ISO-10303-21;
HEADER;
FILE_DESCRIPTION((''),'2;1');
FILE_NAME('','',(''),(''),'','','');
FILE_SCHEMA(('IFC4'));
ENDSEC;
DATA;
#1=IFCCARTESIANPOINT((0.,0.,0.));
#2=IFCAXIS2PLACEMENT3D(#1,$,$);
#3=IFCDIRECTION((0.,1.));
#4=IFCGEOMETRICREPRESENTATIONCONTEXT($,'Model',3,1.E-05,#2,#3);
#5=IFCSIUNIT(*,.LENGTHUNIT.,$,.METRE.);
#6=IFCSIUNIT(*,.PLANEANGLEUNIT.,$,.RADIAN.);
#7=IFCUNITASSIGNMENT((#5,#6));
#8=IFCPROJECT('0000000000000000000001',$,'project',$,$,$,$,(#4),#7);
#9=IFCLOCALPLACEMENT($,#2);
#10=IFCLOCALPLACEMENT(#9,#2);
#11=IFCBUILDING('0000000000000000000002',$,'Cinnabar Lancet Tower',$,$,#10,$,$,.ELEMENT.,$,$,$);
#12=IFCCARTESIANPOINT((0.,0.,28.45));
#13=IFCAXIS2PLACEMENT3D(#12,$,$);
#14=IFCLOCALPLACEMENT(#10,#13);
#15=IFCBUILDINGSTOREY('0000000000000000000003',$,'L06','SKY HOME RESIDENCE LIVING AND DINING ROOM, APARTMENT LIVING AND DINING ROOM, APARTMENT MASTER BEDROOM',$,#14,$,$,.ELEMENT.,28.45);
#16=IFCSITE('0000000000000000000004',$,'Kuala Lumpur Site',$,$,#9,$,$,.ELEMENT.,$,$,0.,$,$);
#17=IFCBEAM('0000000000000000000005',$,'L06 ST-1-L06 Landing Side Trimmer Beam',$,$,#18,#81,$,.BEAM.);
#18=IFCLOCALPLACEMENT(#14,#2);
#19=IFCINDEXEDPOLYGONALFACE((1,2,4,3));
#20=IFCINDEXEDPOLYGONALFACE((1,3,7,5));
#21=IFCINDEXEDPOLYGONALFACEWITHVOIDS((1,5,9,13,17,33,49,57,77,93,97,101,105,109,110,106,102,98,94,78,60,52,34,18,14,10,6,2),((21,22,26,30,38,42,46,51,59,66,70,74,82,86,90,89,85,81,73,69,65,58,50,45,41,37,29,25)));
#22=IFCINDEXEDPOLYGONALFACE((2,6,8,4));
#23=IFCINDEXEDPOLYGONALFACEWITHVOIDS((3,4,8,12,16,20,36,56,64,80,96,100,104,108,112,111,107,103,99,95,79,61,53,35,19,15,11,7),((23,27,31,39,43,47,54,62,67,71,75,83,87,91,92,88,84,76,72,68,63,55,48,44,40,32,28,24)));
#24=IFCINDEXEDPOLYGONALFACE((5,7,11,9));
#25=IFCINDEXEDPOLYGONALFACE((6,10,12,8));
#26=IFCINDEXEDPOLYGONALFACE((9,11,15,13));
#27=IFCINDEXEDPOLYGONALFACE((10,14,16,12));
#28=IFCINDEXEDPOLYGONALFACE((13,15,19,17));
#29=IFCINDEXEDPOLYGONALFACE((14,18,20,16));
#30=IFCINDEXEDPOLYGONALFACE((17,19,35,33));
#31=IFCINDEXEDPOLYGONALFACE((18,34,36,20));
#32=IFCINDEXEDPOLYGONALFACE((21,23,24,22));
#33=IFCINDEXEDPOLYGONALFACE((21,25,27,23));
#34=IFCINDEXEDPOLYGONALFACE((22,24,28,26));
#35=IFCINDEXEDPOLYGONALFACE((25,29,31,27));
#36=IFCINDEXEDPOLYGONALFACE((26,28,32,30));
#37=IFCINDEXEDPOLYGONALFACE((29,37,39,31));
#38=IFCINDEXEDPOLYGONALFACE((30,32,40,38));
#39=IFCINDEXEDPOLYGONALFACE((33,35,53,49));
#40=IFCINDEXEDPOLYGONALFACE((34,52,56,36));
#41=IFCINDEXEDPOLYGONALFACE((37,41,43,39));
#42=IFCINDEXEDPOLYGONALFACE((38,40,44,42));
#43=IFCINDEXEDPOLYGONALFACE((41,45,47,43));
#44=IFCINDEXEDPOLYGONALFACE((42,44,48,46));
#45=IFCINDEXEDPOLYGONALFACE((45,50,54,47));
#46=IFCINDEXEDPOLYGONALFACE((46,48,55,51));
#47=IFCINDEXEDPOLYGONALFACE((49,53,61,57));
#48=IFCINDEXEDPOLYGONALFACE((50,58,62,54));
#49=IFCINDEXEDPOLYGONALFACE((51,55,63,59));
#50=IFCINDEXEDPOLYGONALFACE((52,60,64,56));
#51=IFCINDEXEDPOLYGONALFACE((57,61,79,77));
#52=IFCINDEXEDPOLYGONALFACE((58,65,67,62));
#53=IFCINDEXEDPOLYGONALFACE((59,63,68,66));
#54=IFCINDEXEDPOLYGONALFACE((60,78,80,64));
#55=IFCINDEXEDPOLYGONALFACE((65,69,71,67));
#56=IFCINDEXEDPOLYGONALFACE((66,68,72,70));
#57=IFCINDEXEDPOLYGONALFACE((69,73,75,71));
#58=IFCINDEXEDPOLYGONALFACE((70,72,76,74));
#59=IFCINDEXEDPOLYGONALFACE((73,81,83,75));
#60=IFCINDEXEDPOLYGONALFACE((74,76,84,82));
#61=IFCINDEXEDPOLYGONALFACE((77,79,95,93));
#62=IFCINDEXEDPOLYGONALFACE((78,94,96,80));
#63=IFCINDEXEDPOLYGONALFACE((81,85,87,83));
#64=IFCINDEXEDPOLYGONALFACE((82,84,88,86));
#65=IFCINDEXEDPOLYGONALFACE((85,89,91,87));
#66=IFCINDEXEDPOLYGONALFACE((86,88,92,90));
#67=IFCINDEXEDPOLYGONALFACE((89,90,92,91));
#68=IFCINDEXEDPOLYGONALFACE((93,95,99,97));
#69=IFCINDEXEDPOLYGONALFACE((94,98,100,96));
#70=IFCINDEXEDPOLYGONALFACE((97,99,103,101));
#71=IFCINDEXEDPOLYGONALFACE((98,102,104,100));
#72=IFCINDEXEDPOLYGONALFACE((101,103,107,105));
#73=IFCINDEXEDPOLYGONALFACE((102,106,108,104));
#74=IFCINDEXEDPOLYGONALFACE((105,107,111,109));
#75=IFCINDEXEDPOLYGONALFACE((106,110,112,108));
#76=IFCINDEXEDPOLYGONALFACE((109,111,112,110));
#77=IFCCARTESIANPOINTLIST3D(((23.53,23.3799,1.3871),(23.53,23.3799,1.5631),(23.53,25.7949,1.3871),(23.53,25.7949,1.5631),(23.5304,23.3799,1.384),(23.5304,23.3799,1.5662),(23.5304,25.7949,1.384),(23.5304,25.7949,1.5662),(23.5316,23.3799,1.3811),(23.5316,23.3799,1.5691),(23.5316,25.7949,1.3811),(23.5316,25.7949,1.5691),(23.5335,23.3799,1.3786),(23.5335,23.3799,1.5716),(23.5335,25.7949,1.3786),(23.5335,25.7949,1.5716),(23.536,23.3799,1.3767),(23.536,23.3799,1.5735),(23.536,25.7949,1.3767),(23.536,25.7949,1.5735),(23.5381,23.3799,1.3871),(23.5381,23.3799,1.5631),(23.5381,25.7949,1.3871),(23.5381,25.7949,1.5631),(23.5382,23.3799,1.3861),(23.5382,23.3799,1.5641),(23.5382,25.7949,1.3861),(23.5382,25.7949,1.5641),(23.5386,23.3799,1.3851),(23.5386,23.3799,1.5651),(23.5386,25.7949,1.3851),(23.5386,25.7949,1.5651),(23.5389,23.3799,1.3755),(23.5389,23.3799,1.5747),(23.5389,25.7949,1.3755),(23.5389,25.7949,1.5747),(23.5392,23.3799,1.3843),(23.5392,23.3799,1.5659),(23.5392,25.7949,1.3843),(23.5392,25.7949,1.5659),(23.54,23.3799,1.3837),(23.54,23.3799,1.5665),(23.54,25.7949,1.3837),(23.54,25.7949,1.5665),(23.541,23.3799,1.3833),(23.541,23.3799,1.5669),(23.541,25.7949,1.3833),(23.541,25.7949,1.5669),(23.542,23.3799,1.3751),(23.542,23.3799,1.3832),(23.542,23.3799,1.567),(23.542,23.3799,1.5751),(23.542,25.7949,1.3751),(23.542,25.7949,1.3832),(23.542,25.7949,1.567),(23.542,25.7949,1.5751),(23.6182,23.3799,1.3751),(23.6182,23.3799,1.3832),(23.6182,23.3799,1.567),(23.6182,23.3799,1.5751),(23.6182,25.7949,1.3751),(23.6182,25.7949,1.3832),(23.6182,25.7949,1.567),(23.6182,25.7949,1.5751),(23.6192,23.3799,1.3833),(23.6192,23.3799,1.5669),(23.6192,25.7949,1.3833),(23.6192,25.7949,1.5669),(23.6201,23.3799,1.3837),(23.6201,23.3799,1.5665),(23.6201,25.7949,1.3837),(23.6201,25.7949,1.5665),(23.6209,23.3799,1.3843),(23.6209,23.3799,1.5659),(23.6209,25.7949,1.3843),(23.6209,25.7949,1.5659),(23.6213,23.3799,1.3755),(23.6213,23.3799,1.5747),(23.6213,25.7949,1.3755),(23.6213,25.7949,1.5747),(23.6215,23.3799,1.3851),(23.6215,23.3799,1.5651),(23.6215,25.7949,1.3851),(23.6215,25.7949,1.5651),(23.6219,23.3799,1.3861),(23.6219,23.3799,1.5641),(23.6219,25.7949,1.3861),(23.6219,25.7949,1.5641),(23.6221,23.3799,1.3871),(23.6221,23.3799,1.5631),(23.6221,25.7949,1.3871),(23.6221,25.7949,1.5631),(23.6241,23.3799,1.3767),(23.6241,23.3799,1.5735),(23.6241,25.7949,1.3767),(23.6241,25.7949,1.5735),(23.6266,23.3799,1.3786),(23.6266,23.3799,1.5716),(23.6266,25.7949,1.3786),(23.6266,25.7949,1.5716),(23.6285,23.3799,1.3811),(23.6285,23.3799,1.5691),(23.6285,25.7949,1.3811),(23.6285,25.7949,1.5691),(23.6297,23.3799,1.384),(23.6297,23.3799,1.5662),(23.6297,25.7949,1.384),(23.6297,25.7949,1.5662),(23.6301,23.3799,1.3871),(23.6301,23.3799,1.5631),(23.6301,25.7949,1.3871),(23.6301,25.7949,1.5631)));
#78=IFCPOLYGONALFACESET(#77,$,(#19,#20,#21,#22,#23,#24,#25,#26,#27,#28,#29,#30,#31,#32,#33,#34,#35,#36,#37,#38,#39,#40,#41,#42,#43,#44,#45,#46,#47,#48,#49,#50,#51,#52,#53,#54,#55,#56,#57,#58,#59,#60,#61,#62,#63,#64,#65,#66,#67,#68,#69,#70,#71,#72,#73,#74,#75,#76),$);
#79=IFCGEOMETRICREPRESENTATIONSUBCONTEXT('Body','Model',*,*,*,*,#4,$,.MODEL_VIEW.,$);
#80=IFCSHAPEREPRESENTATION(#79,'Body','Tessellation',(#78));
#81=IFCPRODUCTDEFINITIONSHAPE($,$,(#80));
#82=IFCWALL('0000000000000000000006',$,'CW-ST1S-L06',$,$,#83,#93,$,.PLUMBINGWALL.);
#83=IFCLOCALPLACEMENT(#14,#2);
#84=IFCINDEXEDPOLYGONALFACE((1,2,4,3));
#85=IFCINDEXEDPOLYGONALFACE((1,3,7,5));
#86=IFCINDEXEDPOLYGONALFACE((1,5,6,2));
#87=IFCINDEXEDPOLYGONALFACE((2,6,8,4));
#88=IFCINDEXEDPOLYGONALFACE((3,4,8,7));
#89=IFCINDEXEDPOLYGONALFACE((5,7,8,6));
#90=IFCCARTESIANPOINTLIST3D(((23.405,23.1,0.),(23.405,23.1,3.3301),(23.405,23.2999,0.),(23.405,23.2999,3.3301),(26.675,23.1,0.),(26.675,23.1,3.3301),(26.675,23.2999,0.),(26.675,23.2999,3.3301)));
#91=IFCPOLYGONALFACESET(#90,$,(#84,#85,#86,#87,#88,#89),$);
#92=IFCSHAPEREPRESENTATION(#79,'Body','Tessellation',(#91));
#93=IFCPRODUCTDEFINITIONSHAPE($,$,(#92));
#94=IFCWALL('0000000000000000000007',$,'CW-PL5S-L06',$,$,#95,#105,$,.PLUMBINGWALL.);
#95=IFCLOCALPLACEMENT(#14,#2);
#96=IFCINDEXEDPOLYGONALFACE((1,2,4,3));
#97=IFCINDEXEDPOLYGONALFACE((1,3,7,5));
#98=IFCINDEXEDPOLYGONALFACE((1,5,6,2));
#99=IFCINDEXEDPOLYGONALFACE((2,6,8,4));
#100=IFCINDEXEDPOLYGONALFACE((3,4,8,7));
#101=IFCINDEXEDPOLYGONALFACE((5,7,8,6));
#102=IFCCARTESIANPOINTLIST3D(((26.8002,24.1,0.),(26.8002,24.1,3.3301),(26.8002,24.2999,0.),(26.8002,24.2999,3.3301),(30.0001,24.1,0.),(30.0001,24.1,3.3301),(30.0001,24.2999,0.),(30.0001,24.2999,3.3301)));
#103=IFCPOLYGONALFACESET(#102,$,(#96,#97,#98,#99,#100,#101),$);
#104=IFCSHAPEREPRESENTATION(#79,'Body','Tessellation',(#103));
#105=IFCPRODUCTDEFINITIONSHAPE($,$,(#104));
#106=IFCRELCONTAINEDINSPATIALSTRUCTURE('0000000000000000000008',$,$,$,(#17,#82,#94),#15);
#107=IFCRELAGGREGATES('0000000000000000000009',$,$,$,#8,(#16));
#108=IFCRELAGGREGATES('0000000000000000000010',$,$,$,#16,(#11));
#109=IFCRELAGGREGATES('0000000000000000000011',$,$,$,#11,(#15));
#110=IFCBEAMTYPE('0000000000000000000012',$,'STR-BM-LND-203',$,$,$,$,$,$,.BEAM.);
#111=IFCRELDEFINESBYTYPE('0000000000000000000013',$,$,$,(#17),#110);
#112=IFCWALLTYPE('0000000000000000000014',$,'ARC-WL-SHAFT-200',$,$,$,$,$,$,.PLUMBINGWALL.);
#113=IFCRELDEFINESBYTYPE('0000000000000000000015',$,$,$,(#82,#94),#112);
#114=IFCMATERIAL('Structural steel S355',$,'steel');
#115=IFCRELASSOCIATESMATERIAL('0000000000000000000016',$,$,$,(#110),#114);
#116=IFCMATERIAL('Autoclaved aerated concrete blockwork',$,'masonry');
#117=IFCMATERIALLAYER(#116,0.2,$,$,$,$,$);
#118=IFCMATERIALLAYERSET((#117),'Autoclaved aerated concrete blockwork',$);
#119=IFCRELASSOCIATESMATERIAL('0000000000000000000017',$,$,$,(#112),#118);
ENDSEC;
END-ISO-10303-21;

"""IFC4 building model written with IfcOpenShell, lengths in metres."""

from ifc_helpers import new_model, si_unit, direction, frame, frame_2d, origin, origin_2d, place, context, subcontext, project, spatial, rectangle, hollow_rectangle, extrude, material, layer, layer_set, material_profile, profile_set, type_object, element, save


model = new_model("IFC4")

# Units and contexts
model_context = context("Model", 3, precision=1e-05, world=origin(), true_north=direction((0.0, 1.0)))
body_context = subcontext(model_context, "Body", "Model", "MODEL_VIEW")
ifc_project = project(units=[si_unit("LENGTHUNIT", "METRE"), si_unit("PLANEANGLEUNIT", "RADIAN")], contexts=[model_context])

# Site, building, storey
site_placement = place(None, origin())
site = spatial("IfcSite", under=ifc_project, at=site_placement, Name="Kuala Lumpur Site", CompositionType="ELEMENT", RefElevation=0.0)
building_placement = place(site_placement, origin())
building = spatial("IfcBuilding", under=site, at=building_placement, Name="Cinnabar Lancet Tower", CompositionType="ELEMENT")
storey_placement = place(building_placement, frame((0.0, 0.0, 28.45)))
storey = spatial("IfcBuildingStorey", under=building, at=storey_placement, Name="L06", Description="SKY HOME RESIDENCE LIVING AND DINING ROOM, APARTMENT LIVING AND DINING ROOM, APARTMENT MASTER BEDROOM", CompositionType="ELEMENT", Elevation=28.45)

# Beam
ifc_material_1 = material(Name="Structural steel S355", Category="steel")
ifc_material_profile = material_profile(ifc_material_1, hollow_rectangle(XDim=0.1001, YDim=0.2, WallThickness=0.0081, InnerFilletRadius=0.0039, OuterFilletRadius=0.012, at=origin_2d()), Name="RHS 200x100x8")
ifc_profile_set = profile_set([ifc_material_profile], Name="Structural steel S355")
beam_type = type_object("IfcBeamType", Name="STR-BM-LND-203", PredefinedType="BEAM", material=ifc_profile_set)
beam_placement = place(storey_placement, frame((23.5801, 23.3799, 1.4751), z_axis=(0.0, 1.0, 0.0), x_axis=(-1.0, 0.0, 0.0)))
element("IfcBeam", 1, at=beam_placement, inside=storey, type_object=beam_type, Name="L06 ST-1-L06 Landing Side Trimmer Beam", PredefinedType="BEAM", context=body_context, shape_type="SweptSolid", body=[
    extrude(hollow_rectangle(XDim=0.1001, YDim=0.2, WallThickness=0.0081, InnerFilletRadius=0.0039, OuterFilletRadius=0.012, at=origin_2d()), origin(), (0.0, 0.0, 1.0), 2.415),
])

# Walls
ifc_material_2 = material(Name="Autoclaved aerated concrete blockwork", Category="masonry")
ifc_layer_1 = layer(ifc_material_2, 0.2)
ifc_layer_set_1 = layer_set([ifc_layer_1], Name="Autoclaved aerated concrete blockwork")
wall_type_1 = type_object("IfcWallType", Name="ARC-WL-SHAFT-200", PredefinedType="PLUMBINGWALL", material=ifc_layer_set_1)
wall_1_placement = place(storey_placement, frame((23.405, 23.2, 0.0), z_axis=(0.0, 0.0, 1.0), x_axis=(1.0, 0.0, 0.0)))
element("IfcWall", 2, at=wall_1_placement, inside=storey, type_object=wall_type_1, Name="CW-ST1S-L06", PredefinedType="PLUMBINGWALL", context=body_context, shape_type="SweptSolid", body=[
    extrude(rectangle(XDim=3.27, YDim=0.2, at=frame_2d((1.635, 0.0))), origin(), (0.0, 0.0, 1.0), 3.3301),
])
wall_2_placement = place(storey_placement, frame((26.8, 24.2, 0.0), z_axis=(0.0, 0.0, 1.0), x_axis=(1.0, 0.0, 0.0)))
element("IfcWall", 3, at=wall_2_placement, inside=storey, type_object=wall_type_1, Name="CW-PL5S-L06", PredefinedType="PLUMBINGWALL", context=body_context, shape_type="SweptSolid", body=[
    extrude(rectangle(XDim=3.2, YDim=0.2, at=frame_2d((1.6001, 0.0))), origin(), (0.0, 0.0, 1.0), 3.3301),
])

save(model, "model.ifc")
